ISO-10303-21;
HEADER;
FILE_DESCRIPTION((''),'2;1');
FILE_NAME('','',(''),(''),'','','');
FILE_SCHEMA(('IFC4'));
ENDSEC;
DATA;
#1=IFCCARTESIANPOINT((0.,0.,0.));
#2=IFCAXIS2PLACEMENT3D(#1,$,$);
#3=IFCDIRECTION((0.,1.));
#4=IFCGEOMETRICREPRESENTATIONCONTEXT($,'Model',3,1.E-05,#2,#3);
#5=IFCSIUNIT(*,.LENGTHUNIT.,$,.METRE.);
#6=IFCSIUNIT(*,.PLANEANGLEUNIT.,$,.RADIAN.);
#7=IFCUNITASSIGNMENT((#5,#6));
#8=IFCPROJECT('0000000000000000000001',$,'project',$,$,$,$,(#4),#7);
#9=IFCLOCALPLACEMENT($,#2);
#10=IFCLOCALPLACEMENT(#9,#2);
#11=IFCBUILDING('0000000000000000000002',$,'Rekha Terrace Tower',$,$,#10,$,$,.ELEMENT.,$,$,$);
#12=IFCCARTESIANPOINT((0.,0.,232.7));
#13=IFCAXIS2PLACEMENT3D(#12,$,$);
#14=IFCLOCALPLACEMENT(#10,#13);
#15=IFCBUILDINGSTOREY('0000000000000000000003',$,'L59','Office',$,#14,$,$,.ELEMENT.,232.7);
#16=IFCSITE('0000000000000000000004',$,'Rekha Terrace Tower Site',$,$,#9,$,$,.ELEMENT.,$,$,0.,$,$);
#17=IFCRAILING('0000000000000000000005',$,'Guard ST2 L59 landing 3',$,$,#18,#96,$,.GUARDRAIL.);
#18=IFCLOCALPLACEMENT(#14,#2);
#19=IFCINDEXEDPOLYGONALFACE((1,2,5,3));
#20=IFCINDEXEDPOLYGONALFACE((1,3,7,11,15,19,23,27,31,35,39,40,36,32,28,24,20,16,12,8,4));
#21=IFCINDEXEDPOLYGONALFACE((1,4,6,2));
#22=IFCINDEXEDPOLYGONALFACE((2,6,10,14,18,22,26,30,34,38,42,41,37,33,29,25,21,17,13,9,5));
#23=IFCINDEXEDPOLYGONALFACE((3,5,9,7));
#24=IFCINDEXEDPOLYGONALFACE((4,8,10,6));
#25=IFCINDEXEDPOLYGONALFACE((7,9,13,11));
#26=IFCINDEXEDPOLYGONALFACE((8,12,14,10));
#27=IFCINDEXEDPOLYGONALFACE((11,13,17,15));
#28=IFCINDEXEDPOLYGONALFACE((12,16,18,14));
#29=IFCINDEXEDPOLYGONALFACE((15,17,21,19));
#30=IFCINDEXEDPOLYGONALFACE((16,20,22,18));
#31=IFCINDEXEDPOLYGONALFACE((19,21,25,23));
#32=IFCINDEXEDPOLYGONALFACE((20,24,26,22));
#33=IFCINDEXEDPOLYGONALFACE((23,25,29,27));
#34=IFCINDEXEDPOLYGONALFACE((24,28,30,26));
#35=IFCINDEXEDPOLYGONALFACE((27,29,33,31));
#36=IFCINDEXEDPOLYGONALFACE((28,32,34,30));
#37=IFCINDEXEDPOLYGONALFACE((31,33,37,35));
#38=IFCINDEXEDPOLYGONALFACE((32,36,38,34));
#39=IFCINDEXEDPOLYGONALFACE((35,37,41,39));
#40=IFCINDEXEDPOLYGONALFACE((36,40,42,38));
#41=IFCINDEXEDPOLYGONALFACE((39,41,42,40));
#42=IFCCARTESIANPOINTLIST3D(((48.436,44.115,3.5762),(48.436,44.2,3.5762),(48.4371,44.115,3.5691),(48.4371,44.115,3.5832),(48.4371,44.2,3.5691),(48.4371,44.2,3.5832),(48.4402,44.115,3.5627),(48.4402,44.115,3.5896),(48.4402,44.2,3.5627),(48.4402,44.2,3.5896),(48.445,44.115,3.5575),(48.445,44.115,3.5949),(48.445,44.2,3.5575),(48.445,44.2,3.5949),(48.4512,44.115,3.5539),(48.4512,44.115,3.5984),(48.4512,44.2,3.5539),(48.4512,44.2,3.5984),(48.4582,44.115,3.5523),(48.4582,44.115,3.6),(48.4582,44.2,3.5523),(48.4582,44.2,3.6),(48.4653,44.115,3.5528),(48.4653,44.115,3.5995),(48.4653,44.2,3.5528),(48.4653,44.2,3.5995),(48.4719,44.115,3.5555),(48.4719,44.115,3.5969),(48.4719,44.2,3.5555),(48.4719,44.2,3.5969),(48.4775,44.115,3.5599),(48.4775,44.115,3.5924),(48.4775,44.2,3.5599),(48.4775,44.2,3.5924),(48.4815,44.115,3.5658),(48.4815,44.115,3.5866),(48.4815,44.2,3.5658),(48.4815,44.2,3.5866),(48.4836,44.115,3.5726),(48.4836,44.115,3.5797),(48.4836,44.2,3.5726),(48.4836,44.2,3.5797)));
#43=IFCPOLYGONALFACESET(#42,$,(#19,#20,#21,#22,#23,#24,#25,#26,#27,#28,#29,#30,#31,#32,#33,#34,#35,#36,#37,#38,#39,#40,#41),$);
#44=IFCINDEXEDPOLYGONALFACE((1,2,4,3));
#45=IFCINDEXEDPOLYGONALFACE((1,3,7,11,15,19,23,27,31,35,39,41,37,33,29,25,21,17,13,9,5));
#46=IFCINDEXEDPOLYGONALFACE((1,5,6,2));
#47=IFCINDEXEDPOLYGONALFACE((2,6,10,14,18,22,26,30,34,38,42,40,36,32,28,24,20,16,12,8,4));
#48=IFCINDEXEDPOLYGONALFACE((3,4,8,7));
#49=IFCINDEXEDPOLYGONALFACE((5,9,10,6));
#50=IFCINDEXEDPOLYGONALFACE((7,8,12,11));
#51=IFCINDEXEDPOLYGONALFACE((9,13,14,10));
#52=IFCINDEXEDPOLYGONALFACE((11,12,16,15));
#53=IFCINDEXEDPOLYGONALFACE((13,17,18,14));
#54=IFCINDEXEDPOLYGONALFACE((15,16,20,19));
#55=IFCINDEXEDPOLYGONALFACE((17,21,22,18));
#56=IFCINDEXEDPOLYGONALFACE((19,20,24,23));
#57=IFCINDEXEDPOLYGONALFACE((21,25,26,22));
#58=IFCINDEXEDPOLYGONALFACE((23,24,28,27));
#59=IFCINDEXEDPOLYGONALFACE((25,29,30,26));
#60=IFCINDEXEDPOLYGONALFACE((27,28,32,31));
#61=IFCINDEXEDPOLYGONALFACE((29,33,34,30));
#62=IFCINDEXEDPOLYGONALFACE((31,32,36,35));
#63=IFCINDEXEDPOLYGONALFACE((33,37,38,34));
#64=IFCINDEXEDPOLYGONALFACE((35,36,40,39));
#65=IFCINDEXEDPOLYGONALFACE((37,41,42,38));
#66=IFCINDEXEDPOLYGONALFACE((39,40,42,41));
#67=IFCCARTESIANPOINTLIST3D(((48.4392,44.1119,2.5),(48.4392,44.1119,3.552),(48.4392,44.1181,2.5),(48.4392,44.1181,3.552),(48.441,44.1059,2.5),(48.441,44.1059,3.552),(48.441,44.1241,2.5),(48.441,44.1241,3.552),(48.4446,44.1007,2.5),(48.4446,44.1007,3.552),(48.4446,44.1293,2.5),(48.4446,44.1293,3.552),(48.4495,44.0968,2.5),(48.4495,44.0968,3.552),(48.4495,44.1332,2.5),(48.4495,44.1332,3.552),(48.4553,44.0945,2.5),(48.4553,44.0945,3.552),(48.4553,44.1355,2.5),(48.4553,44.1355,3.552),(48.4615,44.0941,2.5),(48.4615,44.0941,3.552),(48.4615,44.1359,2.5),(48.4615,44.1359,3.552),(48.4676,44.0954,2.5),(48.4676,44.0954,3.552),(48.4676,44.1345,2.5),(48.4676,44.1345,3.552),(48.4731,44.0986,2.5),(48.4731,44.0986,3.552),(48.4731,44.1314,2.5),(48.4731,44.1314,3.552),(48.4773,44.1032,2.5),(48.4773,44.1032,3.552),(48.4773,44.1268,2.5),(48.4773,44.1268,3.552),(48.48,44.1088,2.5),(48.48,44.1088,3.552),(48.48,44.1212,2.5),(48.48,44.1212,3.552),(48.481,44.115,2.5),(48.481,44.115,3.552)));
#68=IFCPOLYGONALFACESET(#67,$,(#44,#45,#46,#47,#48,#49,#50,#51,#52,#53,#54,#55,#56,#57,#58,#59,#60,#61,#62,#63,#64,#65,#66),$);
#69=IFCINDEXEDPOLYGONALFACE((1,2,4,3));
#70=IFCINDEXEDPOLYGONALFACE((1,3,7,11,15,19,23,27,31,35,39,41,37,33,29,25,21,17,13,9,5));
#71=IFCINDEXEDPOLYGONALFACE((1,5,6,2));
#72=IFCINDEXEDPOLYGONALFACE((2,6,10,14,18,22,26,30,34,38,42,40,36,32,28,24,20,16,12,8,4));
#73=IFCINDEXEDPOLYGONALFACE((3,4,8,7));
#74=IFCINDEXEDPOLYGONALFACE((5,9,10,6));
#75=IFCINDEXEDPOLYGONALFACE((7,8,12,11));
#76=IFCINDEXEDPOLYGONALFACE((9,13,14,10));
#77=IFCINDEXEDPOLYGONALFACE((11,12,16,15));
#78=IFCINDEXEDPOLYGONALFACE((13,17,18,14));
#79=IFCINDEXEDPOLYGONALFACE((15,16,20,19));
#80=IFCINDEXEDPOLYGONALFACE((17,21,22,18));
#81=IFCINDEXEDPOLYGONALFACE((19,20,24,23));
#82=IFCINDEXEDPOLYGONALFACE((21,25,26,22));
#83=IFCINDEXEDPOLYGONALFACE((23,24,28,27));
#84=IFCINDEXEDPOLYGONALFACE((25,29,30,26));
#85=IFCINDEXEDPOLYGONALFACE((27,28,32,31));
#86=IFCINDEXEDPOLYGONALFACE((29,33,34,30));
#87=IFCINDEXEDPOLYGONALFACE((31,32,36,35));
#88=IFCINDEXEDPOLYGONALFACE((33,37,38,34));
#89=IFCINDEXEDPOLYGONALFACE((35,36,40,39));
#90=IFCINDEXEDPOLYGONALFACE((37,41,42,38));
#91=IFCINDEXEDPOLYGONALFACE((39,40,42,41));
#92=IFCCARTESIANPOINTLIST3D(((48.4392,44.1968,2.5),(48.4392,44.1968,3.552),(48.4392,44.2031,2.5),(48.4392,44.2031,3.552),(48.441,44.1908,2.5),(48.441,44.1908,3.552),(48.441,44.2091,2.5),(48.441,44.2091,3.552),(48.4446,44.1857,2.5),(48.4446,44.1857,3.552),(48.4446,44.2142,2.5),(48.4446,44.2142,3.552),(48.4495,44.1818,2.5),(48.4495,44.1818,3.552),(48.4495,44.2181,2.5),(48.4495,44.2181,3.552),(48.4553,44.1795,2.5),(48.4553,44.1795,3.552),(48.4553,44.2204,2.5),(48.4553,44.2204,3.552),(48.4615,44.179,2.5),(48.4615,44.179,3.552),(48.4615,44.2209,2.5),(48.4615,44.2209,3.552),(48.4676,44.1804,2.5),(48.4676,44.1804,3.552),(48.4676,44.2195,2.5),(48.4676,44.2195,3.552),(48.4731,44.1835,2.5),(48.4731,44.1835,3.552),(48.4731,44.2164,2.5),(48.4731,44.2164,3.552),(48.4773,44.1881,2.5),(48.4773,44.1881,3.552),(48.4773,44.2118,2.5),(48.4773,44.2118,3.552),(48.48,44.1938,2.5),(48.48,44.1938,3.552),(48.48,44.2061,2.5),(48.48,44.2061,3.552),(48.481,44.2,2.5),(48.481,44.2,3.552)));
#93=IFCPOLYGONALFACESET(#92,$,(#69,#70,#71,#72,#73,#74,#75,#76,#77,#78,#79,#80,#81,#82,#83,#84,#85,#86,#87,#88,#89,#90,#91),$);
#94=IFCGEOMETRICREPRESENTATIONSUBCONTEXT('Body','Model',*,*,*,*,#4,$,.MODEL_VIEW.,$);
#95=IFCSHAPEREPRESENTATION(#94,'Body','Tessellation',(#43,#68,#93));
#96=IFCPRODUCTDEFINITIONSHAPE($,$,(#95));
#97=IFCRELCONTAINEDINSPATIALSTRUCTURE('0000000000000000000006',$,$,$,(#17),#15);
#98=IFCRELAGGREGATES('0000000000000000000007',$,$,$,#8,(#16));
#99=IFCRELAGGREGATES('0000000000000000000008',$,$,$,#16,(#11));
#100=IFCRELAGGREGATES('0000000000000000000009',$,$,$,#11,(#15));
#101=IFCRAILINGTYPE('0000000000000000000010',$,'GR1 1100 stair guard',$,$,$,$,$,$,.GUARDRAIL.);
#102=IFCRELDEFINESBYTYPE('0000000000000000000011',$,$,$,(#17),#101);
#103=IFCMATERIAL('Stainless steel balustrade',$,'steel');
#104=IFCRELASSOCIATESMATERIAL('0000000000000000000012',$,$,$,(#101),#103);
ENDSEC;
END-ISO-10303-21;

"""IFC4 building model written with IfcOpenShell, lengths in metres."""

from ifc_helpers import new_model, si_unit, direction, frame, origin, origin_2d, place, context, subcontext, project, spatial, circle, extrude, material, type_object, element, save


model = new_model("IFC4")

# Units and contexts
model_context = context("Model", 3, precision=1e-05, world=origin(), true_north=direction((0.0, 1.0)))
body_context = subcontext(model_context, "Body", "Model", "MODEL_VIEW")
ifc_project = project(units=[si_unit("LENGTHUNIT", "METRE"), si_unit("PLANEANGLEUNIT", "RADIAN")], contexts=[model_context])

# Site, building, storey
site_placement = place(None, origin())
site = spatial("IfcSite", under=ifc_project, at=site_placement, Name="Rekha Terrace Tower Site", CompositionType="ELEMENT", RefElevation=0.0)
building_placement = place(site_placement, origin())
building = spatial("IfcBuilding", under=site, at=building_placement, Name="Rekha Terrace Tower", CompositionType="ELEMENT")
storey_placement = place(building_placement, frame((0.0, 0.0, 232.7)))
storey = spatial("IfcBuildingStorey", under=building, at=storey_placement, Name="L59", Description="Office", CompositionType="ELEMENT", Elevation=232.7)

# Railing
ifc_material_1 = material(Name="Stainless steel balustrade", Category="steel")
railing_type_1 = type_object("IfcRailingType", Name="GR1 1100 stair guard", PredefinedType="GUARDRAIL", material=ifc_material_1)
railing_1_placement = place(storey_placement, frame((48.46, 44.115, 2.5)))
element("IfcRailing", 1, at=railing_1_placement, inside=storey, type_object=railing_type_1, Name="Guard ST2 L59 landing 3", PredefinedType="GUARDRAIL", context=body_context, shape_type="SweptSolid", body=[
    extrude(circle(Radius=0.0239, at=origin_2d()), frame((0.0, 0.0, 1.0762), z_axis=(0.0, 1.0, 0.0), x_axis=(-1.0, 0.0, 0.0)), (0.0, 0.0, 1.0), 0.085),
    extrude(circle(Radius=0.021, at=origin_2d()), origin(), (0.0, 0.0, 1.0), 1.052),
    extrude(circle(Radius=0.021, at=origin_2d()), frame((0.0, 0.085, 0.0)), (0.0, 0.0, 1.0), 1.052),
])

save(model, "model.ifc")
